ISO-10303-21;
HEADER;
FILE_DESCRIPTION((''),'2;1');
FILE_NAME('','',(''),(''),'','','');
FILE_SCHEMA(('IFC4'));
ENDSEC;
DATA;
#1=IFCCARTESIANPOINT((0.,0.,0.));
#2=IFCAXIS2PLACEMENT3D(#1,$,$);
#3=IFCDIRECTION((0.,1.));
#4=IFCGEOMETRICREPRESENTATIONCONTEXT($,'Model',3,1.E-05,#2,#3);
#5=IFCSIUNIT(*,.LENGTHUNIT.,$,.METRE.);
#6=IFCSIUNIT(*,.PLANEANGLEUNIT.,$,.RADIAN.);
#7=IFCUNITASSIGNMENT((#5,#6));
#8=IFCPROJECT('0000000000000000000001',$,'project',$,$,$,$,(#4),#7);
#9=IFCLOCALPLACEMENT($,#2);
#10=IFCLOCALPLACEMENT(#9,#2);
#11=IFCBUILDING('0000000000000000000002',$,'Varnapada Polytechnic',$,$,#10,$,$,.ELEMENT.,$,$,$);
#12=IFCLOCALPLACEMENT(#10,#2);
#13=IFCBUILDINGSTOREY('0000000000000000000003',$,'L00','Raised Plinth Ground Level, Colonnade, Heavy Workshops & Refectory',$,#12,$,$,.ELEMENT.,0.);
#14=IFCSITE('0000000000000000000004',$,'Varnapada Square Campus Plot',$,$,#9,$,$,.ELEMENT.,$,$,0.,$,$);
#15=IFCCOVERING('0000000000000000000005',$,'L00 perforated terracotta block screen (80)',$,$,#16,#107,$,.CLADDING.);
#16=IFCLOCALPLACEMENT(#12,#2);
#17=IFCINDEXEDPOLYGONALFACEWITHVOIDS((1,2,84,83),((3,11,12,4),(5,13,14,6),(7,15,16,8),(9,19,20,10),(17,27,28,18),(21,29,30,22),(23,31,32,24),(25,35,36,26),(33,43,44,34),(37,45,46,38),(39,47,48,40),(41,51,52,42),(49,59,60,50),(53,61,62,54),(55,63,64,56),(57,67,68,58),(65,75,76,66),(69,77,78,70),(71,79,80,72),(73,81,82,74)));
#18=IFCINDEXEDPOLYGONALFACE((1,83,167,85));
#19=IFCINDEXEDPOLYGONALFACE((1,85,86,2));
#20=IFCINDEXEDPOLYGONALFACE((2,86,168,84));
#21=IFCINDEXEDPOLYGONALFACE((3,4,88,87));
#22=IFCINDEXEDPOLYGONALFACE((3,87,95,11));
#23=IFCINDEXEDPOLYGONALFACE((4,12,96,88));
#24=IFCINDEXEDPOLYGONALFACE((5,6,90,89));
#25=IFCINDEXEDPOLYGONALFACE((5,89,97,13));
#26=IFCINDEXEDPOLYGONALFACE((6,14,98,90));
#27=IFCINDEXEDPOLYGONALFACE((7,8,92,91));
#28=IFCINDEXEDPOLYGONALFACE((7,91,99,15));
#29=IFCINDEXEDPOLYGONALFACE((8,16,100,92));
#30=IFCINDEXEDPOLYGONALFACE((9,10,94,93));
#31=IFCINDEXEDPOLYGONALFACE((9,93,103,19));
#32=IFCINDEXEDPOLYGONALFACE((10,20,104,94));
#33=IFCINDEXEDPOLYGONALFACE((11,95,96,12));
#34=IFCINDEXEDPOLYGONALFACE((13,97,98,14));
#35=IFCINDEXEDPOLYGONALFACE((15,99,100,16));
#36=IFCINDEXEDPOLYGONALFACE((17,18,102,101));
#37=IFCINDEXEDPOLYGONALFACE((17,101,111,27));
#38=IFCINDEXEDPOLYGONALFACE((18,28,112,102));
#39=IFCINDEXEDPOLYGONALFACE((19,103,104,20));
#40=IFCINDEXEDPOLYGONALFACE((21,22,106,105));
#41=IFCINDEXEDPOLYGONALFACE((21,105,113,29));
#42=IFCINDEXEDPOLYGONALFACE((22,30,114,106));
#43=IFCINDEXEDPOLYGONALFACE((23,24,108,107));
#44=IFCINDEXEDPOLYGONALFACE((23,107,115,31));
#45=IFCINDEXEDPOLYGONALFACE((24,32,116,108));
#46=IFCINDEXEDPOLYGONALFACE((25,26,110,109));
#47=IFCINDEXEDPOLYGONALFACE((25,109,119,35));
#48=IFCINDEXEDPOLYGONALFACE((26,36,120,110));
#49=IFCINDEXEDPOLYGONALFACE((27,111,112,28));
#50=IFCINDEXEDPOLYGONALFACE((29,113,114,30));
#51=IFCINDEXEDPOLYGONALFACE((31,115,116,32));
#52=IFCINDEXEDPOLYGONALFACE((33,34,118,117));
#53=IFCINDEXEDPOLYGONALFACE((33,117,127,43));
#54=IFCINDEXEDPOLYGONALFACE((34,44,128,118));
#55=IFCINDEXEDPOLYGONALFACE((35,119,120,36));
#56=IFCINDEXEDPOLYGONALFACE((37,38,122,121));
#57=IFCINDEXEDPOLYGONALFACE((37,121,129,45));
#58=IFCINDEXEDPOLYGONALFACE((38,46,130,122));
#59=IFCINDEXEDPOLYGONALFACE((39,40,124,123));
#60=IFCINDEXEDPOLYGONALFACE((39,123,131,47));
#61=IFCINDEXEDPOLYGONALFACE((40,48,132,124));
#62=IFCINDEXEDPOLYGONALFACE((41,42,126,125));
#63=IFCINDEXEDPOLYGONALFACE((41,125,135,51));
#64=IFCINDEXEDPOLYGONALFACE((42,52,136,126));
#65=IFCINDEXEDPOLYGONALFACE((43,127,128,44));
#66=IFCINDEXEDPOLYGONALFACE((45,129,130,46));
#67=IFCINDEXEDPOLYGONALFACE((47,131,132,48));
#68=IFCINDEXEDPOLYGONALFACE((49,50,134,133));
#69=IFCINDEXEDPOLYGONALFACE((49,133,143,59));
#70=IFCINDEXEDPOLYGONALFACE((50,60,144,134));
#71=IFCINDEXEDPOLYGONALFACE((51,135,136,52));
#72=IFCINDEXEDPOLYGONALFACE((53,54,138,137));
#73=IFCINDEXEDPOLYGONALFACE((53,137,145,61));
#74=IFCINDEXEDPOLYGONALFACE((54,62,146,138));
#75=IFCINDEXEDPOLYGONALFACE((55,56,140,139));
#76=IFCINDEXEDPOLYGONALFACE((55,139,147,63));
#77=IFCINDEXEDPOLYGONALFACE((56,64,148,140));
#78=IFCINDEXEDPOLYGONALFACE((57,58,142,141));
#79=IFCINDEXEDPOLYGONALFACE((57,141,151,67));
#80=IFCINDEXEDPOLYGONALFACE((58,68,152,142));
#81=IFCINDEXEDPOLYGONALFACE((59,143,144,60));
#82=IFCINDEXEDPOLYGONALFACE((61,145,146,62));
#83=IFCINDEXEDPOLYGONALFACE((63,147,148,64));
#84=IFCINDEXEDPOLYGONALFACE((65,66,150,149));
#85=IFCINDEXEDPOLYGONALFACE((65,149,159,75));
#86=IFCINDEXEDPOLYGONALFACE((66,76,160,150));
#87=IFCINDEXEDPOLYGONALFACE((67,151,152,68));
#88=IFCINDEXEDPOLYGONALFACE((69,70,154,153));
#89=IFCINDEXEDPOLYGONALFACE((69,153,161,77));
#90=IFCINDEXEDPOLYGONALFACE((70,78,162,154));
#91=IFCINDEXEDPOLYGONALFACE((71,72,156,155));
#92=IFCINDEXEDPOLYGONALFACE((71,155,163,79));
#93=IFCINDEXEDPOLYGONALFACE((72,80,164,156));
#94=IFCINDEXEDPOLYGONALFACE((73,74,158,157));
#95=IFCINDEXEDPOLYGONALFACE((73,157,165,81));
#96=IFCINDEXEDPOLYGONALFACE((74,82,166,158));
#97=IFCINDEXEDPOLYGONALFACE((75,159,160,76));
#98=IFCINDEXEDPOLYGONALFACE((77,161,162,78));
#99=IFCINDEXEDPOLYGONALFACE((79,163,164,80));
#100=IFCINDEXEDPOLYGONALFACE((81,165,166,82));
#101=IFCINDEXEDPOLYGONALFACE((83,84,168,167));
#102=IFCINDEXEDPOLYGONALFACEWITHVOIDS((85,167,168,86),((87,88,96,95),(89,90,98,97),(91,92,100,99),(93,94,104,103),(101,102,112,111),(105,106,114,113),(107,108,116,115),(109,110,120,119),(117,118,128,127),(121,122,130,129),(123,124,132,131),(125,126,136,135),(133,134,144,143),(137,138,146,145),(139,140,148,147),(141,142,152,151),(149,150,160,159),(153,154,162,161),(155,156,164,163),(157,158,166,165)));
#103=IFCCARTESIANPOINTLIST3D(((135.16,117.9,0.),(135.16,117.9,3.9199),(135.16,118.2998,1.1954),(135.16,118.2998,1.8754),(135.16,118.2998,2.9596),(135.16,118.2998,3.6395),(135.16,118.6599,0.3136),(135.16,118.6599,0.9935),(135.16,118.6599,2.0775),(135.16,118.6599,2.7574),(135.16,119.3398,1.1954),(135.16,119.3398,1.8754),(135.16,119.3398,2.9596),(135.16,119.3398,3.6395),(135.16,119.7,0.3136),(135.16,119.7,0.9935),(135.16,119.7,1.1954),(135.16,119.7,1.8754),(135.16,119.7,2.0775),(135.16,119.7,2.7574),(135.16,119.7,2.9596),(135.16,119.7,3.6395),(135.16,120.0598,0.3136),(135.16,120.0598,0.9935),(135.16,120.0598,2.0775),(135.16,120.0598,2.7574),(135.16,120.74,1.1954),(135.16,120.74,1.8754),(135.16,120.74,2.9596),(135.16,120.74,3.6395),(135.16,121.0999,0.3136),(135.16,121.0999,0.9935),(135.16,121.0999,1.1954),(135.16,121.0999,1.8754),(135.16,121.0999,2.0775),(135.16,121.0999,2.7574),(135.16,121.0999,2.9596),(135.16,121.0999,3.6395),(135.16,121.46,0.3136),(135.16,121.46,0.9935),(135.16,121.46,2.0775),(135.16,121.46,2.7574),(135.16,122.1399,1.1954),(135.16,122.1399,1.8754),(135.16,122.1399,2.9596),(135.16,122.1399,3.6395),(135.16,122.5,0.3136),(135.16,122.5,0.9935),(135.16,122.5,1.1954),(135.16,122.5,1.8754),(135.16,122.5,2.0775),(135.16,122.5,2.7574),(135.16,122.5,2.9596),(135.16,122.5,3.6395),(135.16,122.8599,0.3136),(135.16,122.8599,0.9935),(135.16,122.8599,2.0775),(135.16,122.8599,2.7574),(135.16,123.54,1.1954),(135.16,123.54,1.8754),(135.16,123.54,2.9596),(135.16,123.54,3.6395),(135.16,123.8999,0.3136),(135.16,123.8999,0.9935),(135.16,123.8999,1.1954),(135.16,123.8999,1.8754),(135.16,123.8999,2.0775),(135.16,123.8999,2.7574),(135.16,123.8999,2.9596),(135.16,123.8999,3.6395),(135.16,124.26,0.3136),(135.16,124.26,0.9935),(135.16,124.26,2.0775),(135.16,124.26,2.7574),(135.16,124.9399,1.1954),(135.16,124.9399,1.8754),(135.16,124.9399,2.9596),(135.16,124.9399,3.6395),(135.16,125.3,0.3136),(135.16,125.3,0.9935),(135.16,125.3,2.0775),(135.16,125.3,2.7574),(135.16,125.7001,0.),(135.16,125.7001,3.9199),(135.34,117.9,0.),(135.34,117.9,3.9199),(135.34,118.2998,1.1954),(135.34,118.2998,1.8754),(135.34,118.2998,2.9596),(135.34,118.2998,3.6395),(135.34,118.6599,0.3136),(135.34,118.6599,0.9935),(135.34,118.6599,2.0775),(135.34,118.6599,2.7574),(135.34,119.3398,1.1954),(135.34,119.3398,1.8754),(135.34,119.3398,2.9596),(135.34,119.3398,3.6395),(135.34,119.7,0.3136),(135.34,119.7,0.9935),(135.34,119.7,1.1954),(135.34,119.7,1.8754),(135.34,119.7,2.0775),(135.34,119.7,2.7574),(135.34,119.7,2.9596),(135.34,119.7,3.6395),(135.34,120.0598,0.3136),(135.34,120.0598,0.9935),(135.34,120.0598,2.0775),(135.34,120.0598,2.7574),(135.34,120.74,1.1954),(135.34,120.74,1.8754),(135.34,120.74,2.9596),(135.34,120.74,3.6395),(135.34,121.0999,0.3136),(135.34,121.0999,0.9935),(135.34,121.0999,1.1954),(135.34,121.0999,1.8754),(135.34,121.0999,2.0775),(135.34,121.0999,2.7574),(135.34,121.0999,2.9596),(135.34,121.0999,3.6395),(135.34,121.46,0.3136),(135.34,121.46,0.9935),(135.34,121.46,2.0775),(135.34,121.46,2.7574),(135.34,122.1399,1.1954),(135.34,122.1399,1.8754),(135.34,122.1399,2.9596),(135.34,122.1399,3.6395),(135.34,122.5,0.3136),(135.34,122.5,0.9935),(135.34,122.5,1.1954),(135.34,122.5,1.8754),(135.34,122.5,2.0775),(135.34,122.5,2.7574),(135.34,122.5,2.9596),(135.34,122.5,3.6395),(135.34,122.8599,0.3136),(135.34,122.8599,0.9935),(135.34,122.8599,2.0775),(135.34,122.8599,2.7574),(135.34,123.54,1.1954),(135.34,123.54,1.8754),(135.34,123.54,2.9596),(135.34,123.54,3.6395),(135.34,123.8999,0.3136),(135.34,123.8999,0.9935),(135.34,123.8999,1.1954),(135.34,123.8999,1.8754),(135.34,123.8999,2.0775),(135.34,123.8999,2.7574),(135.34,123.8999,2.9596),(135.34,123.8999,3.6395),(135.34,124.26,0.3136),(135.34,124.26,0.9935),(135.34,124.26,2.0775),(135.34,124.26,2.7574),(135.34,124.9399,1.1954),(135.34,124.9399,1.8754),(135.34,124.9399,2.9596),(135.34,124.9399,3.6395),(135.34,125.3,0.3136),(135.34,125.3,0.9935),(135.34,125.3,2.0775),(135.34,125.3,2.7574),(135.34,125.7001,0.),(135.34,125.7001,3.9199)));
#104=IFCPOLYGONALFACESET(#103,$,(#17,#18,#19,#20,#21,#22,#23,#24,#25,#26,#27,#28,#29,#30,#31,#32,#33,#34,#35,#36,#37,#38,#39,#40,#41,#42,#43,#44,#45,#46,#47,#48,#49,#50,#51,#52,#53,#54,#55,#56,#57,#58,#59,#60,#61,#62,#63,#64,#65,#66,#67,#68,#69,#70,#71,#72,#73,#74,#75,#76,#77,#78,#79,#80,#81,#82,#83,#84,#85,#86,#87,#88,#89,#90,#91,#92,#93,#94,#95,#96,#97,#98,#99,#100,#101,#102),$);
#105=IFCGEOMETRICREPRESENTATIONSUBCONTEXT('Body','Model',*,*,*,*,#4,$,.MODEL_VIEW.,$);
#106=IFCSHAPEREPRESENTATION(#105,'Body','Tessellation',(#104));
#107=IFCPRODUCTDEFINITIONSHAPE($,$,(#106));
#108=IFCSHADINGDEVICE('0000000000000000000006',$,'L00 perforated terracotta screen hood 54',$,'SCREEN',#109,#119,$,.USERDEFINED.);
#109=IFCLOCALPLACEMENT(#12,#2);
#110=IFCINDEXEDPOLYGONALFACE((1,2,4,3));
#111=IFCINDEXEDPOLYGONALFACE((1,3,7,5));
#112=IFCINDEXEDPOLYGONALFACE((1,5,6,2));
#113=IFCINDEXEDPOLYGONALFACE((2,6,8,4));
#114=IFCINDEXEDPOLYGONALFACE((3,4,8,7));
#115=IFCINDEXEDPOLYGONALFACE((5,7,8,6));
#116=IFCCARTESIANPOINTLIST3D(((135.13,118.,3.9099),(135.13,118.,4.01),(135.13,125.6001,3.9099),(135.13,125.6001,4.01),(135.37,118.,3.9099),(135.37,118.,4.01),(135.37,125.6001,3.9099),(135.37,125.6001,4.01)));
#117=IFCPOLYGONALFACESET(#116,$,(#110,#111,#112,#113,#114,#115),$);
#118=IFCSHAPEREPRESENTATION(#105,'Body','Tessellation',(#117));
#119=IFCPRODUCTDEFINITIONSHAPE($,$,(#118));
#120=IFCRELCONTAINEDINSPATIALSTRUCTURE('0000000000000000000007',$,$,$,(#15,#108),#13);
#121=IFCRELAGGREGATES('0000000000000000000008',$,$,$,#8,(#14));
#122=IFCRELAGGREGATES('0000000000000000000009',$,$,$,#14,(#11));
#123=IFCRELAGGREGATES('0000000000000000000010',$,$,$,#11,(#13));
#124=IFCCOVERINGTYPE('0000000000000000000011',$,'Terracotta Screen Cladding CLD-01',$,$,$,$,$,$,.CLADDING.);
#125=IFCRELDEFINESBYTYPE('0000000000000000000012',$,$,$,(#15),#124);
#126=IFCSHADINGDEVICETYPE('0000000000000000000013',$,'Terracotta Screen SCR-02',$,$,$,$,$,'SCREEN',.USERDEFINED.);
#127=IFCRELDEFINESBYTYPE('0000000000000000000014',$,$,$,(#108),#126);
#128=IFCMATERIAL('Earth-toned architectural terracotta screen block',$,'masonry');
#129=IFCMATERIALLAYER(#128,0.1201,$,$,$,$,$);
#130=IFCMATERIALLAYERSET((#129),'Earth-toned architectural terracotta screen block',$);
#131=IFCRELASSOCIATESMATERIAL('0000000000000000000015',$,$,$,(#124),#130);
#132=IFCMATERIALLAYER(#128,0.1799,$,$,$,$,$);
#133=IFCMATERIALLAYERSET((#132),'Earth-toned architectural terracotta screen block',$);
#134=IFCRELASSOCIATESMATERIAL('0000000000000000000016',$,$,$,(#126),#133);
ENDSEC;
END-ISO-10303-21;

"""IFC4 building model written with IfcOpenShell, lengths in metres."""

from ifc_helpers import new_model, si_unit, direction, frame, frame_2d, origin, origin_2d, place, context, subcontext, project, spatial, rectangle, extrude, material, layer, layer_set, type_object, element, save


model = new_model("IFC4")

# Units and contexts
model_context = context("Model", 3, precision=1e-05, world=origin(), true_north=direction((0.0, 1.0)))
body_context = subcontext(model_context, "Body", "Model", "MODEL_VIEW")
ifc_project = project(units=[si_unit("LENGTHUNIT", "METRE"), si_unit("PLANEANGLEUNIT", "RADIAN")], contexts=[model_context])

# Site, building, storey
site_placement = place(None, origin())
site = spatial("IfcSite", under=ifc_project, at=site_placement, Name="Varnapada Square Campus Plot", CompositionType="ELEMENT", RefElevation=0.0)
building_placement = place(site_placement, origin())
building = spatial("IfcBuilding", under=site, at=building_placement, Name="Varnapada Polytechnic", CompositionType="ELEMENT")
storey_placement = place(building_placement, origin())
storey = spatial("IfcBuildingStorey", under=building, at=storey_placement, Name="L00", Description="Raised Plinth Ground Level, Colonnade, Heavy Workshops & Refectory", CompositionType="ELEMENT", Elevation=0.0)

# Covering, openings
ifc_material_1 = material(Name="Earth-toned architectural terracotta screen block", Category="masonry")
ifc_layer_1 = layer(ifc_material_1, 0.1201)
ifc_layer_set_1 = layer_set([ifc_layer_1], Name="Earth-toned architectural terracotta screen block")
covering_type = type_object("IfcCoveringType", Name="Terracotta Screen Cladding CLD-01", PredefinedType="CLADDING", material=ifc_layer_set_1)
covering_placement = place(storey_placement, frame((135.25, 125.7, 0.0), z_axis=(0.0, 0.0, 1.0), x_axis=(0.0, -1.0, 0.0)))
covering = element("IfcCovering", 1, at=covering_placement, inside=storey, type_object=covering_type, Name="L00 perforated terracotta block screen (80)", PredefinedType="CLADDING", context=body_context, shape_type="SweptSolid", body=[
    extrude(rectangle(XDim=7.8, YDim=0.1799, at=frame_2d((3.8999, 0.0))), origin(), (0.0, 0.0, 1.0), 3.9199),
])
opening_1_placement = place(covering_placement, frame((0.3999, 0.0, 0.3137)))
element("IfcOpeningElement", 2, at=opening_1_placement, cuts=covering, PredefinedType="OPENING", context=body_context, shape_type="SweptSolid", body=[
    extrude(rectangle(XDim=1.04, YDim=0.6799, at=frame_2d((0.52, 0.3398))), frame((0.0, 0.0999, 0.0), z_axis=(0.0, -1.0, 0.0), x_axis=(1.0, 0.0, 0.0)), (0.0, 0.0, 1.0), 0.2),
])
opening_2_placement = place(covering_placement, frame((1.8, 0.0, 0.3137)))
element("IfcOpeningElement", 3, at=opening_2_placement, cuts=covering, PredefinedType="OPENING", context=body_context, shape_type="SweptSolid", body=[
    extrude(rectangle(XDim=1.04, YDim=0.6799, at=frame_2d((0.52, 0.3398))), frame((0.0, 0.0999, 0.0), z_axis=(0.0, -1.0, 0.0), x_axis=(1.0, 0.0, 0.0)), (0.0, 0.0, 1.0), 0.2),
])
opening_3_placement = place(covering_placement, frame((3.2, 0.0, 0.3137)))
element("IfcOpeningElement", 4, at=opening_3_placement, cuts=covering, PredefinedType="OPENING", context=body_context, shape_type="SweptSolid", body=[
    extrude(rectangle(XDim=1.04, YDim=0.6799, at=frame_2d((0.52, 0.3398))), frame((0.0, 0.0999, 0.0), z_axis=(0.0, -1.0, 0.0), x_axis=(1.0, 0.0, 0.0)), (0.0, 0.0, 1.0), 0.2),
])
opening_4_placement = place(covering_placement, frame((4.6001, 0.0, 0.3137)))
element("IfcOpeningElement", 5, at=opening_4_placement, cuts=covering, PredefinedType="OPENING", context=body_context, shape_type="SweptSolid", body=[
    extrude(rectangle(XDim=1.04, YDim=0.6799, at=frame_2d((0.52, 0.3398))), frame((0.0, 0.0999, 0.0), z_axis=(0.0, -1.0, 0.0), x_axis=(1.0, 0.0, 0.0)), (0.0, 0.0, 1.0), 0.2),
])
opening_5_placement = place(covering_placement, frame((6.0, 0.0, 0.3137)))
element("IfcOpeningElement", 6, at=opening_5_placement, cuts=covering, PredefinedType="OPENING", context=body_context, shape_type="SweptSolid", body=[
    extrude(rectangle(XDim=1.04, YDim=0.6799, at=frame_2d((0.52, 0.3398))), frame((0.0, 0.0999, 0.0), z_axis=(0.0, -1.0, 0.0), x_axis=(1.0, 0.0, 0.0)), (0.0, 0.0, 1.0), 0.2),
])
opening_6_placement = place(covering_placement, frame((0.76, 0.0, 1.1956)))
element("IfcOpeningElement", 7, at=opening_6_placement, cuts=covering, PredefinedType="OPENING", context=body_context, shape_type="SweptSolid", body=[
    extrude(rectangle(XDim=1.04, YDim=0.6799, at=frame_2d((0.52, 0.3398))), frame((0.0, 0.0999, 0.0), z_axis=(0.0, -1.0, 0.0), x_axis=(1.0, 0.0, 0.0)), (0.0, 0.0, 1.0), 0.2),
])
opening_7_placement = place(covering_placement, frame((2.1599, 0.0, 1.1956)))
element("IfcOpeningElement", 8, at=opening_7_placement, cuts=covering, PredefinedType="OPENING", context=body_context, shape_type="SweptSolid", body=[
    extrude(rectangle(XDim=1.04, YDim=0.6799, at=frame_2d((0.52, 0.3398))), frame((0.0, 0.0999, 0.0), z_axis=(0.0, -1.0, 0.0), x_axis=(1.0, 0.0, 0.0)), (0.0, 0.0, 1.0), 0.2),
])
opening_8_placement = place(covering_placement, frame((3.5601, 0.0, 1.1956)))
element("IfcOpeningElement", 9, at=opening_8_placement, cuts=covering, PredefinedType="OPENING", context=body_context, shape_type="SweptSolid", body=[
    extrude(rectangle(XDim=1.04, YDim=0.6799, at=frame_2d((0.52, 0.3398))), frame((0.0, 0.0999, 0.0), z_axis=(0.0, -1.0, 0.0), x_axis=(1.0, 0.0, 0.0)), (0.0, 0.0, 1.0), 0.2),
])
opening_9_placement = place(covering_placement, frame((4.96, 0.0, 1.1956)))
element("IfcOpeningElement", 10, at=opening_9_placement, cuts=covering, PredefinedType="OPENING", context=body_context, shape_type="SweptSolid", body=[
    extrude(rectangle(XDim=1.04, YDim=0.6799, at=frame_2d((0.52, 0.3398))), frame((0.0, 0.0999, 0.0), z_axis=(0.0, -1.0, 0.0), x_axis=(1.0, 0.0, 0.0)), (0.0, 0.0, 1.0), 0.2),
])
opening_10_placement = place(covering_placement, frame((6.3601, 0.0, 1.1956)))
element("IfcOpeningElement", 11, at=opening_10_placement, cuts=covering, PredefinedType="OPENING", context=body_context, shape_type="SweptSolid", body=[
    extrude(rectangle(XDim=1.04, YDim=0.6799, at=frame_2d((0.52, 0.3398))), frame((0.0, 0.0999, 0.0), z_axis=(0.0, -1.0, 0.0), x_axis=(1.0, 0.0, 0.0)), (0.0, 0.0, 1.0), 0.2),
])
opening_11_placement = place(covering_placement, frame((0.3999, 0.0, 2.0776)))
element("IfcOpeningElement", 12, at=opening_11_placement, cuts=covering, PredefinedType="OPENING", context=body_context, shape_type="SweptSolid", body=[
    extrude(rectangle(XDim=1.04, YDim=0.6799, at=frame_2d((0.52, 0.3398))), frame((0.0, 0.0999, 0.0), z_axis=(0.0, -1.0, 0.0), x_axis=(1.0, 0.0, 0.0)), (0.0, 0.0, 1.0), 0.2),
])
opening_12_placement = place(covering_placement, frame((1.8, 0.0, 2.0776)))
element("IfcOpeningElement", 13, at=opening_12_placement, cuts=covering, PredefinedType="OPENING", context=body_context, shape_type="SweptSolid", body=[
    extrude(rectangle(XDim=1.04, YDim=0.6799, at=frame_2d((0.52, 0.3398))), frame((0.0, 0.0999, 0.0), z_axis=(0.0, -1.0, 0.0), x_axis=(1.0, 0.0, 0.0)), (0.0, 0.0, 1.0), 0.2),
])
opening_13_placement = place(covering_placement, frame((3.2, 0.0, 2.0776)))
element("IfcOpeningElement", 14, at=opening_13_placement, cuts=covering, PredefinedType="OPENING", context=body_context, shape_type="SweptSolid", body=[
    extrude(rectangle(XDim=1.04, YDim=0.6799, at=frame_2d((0.52, 0.3398))), frame((0.0, 0.0999, 0.0), z_axis=(0.0, -1.0, 0.0), x_axis=(1.0, 0.0, 0.0)), (0.0, 0.0, 1.0), 0.2),
])
opening_14_placement = place(covering_placement, frame((4.6001, 0.0, 2.0776)))
element("IfcOpeningElement", 15, at=opening_14_placement, cuts=covering, PredefinedType="OPENING", context=body_context, shape_type="SweptSolid", body=[
    extrude(rectangle(XDim=1.04, YDim=0.6799, at=frame_2d((0.52, 0.3398))), frame((0.0, 0.0999, 0.0), z_axis=(0.0, -1.0, 0.0), x_axis=(1.0, 0.0, 0.0)), (0.0, 0.0, 1.0), 0.2),
])
opening_15_placement = place(covering_placement, frame((6.0, 0.0, 2.0776)))
element("IfcOpeningElement", 16, at=opening_15_placement, cuts=covering, PredefinedType="OPENING", context=body_context, shape_type="SweptSolid", body=[
    extrude(rectangle(XDim=1.04, YDim=0.6799, at=frame_2d((0.52, 0.3398))), frame((0.0, 0.0999, 0.0), z_axis=(0.0, -1.0, 0.0), x_axis=(1.0, 0.0, 0.0)), (0.0, 0.0, 1.0), 0.2),
])
opening_16_placement = place(covering_placement, frame((0.76, 0.0, 2.9597)))
element("IfcOpeningElement", 17, at=opening_16_placement, cuts=covering, PredefinedType="OPENING", context=body_context, shape_type="SweptSolid", body=[
    extrude(rectangle(XDim=1.04, YDim=0.6799, at=frame_2d((0.52, 0.3398))), frame((0.0, 0.0999, 0.0), z_axis=(0.0, -1.0, 0.0), x_axis=(1.0, 0.0, 0.0)), (0.0, 0.0, 1.0), 0.2),
])
opening_17_placement = place(covering_placement, frame((2.1599, 0.0, 2.9597)))
element("IfcOpeningElement", 18, at=opening_17_placement, cuts=covering, PredefinedType="OPENING", context=body_context, shape_type="SweptSolid", body=[
    extrude(rectangle(XDim=1.04, YDim=0.6799, at=frame_2d((0.52, 0.3398))), frame((0.0, 0.0999, 0.0), z_axis=(0.0, -1.0, 0.0), x_axis=(1.0, 0.0, 0.0)), (0.0, 0.0, 1.0), 0.2),
])
opening_18_placement = place(covering_placement, frame((3.5601, 0.0, 2.9597)))
element("IfcOpeningElement", 19, at=opening_18_placement, cuts=covering, PredefinedType="OPENING", context=body_context, shape_type="SweptSolid", body=[
    extrude(rectangle(XDim=1.04, YDim=0.6799, at=frame_2d((0.52, 0.3398))), frame((0.0, 0.0999, 0.0), z_axis=(0.0, -1.0, 0.0), x_axis=(1.0, 0.0, 0.0)), (0.0, 0.0, 1.0), 0.2),
])
opening_19_placement = place(covering_placement, frame((4.96, 0.0, 2.9597)))
element("IfcOpeningElement", 20, at=opening_19_placement, cuts=covering, PredefinedType="OPENING", context=body_context, shape_type="SweptSolid", body=[
    extrude(rectangle(XDim=1.04, YDim=0.6799, at=frame_2d((0.52, 0.3398))), frame((0.0, 0.0999, 0.0), z_axis=(0.0, -1.0, 0.0), x_axis=(1.0, 0.0, 0.0)), (0.0, 0.0, 1.0), 0.2),
])
opening_20_placement = place(covering_placement, frame((6.3601, 0.0, 2.9597)))
element("IfcOpeningElement", 21, at=opening_20_placement, cuts=covering, PredefinedType="OPENING", context=body_context, shape_type="SweptSolid", body=[
    extrude(rectangle(XDim=1.04, YDim=0.6799, at=frame_2d((0.52, 0.3398))), frame((0.0, 0.0999, 0.0), z_axis=(0.0, -1.0, 0.0), x_axis=(1.0, 0.0, 0.0)), (0.0, 0.0, 1.0), 0.2),
])

# Shading device
ifc_layer_2 = layer(ifc_material_1, 0.1799)
ifc_layer_set_2 = layer_set([ifc_layer_2], Name="Earth-toned architectural terracotta screen block")
shading_device_type = type_object("IfcShadingDeviceType", Name="Terracotta Screen SCR-02", ElementType="SCREEN", PredefinedType="USERDEFINED", material=ifc_layer_set_2)
shading_device_placement = place(storey_placement, frame((135.25, 121.8, 3.9099), z_axis=(0.0, 0.0, 1.0), x_axis=(0.0, -1.0, 0.0)))
element("IfcShadingDevice", 22, at=shading_device_placement, inside=storey, type_object=shading_device_type, Name="L00 perforated terracotta screen hood 54", ObjectType="SCREEN", PredefinedType="USERDEFINED", context=body_context, shape_type="SweptSolid", body=[
    extrude(rectangle(XDim=7.6001, YDim=0.24, at=origin_2d()), origin(), (0.0, 0.0, 1.0), 0.1001),
])

save(model, "model.ifc")
